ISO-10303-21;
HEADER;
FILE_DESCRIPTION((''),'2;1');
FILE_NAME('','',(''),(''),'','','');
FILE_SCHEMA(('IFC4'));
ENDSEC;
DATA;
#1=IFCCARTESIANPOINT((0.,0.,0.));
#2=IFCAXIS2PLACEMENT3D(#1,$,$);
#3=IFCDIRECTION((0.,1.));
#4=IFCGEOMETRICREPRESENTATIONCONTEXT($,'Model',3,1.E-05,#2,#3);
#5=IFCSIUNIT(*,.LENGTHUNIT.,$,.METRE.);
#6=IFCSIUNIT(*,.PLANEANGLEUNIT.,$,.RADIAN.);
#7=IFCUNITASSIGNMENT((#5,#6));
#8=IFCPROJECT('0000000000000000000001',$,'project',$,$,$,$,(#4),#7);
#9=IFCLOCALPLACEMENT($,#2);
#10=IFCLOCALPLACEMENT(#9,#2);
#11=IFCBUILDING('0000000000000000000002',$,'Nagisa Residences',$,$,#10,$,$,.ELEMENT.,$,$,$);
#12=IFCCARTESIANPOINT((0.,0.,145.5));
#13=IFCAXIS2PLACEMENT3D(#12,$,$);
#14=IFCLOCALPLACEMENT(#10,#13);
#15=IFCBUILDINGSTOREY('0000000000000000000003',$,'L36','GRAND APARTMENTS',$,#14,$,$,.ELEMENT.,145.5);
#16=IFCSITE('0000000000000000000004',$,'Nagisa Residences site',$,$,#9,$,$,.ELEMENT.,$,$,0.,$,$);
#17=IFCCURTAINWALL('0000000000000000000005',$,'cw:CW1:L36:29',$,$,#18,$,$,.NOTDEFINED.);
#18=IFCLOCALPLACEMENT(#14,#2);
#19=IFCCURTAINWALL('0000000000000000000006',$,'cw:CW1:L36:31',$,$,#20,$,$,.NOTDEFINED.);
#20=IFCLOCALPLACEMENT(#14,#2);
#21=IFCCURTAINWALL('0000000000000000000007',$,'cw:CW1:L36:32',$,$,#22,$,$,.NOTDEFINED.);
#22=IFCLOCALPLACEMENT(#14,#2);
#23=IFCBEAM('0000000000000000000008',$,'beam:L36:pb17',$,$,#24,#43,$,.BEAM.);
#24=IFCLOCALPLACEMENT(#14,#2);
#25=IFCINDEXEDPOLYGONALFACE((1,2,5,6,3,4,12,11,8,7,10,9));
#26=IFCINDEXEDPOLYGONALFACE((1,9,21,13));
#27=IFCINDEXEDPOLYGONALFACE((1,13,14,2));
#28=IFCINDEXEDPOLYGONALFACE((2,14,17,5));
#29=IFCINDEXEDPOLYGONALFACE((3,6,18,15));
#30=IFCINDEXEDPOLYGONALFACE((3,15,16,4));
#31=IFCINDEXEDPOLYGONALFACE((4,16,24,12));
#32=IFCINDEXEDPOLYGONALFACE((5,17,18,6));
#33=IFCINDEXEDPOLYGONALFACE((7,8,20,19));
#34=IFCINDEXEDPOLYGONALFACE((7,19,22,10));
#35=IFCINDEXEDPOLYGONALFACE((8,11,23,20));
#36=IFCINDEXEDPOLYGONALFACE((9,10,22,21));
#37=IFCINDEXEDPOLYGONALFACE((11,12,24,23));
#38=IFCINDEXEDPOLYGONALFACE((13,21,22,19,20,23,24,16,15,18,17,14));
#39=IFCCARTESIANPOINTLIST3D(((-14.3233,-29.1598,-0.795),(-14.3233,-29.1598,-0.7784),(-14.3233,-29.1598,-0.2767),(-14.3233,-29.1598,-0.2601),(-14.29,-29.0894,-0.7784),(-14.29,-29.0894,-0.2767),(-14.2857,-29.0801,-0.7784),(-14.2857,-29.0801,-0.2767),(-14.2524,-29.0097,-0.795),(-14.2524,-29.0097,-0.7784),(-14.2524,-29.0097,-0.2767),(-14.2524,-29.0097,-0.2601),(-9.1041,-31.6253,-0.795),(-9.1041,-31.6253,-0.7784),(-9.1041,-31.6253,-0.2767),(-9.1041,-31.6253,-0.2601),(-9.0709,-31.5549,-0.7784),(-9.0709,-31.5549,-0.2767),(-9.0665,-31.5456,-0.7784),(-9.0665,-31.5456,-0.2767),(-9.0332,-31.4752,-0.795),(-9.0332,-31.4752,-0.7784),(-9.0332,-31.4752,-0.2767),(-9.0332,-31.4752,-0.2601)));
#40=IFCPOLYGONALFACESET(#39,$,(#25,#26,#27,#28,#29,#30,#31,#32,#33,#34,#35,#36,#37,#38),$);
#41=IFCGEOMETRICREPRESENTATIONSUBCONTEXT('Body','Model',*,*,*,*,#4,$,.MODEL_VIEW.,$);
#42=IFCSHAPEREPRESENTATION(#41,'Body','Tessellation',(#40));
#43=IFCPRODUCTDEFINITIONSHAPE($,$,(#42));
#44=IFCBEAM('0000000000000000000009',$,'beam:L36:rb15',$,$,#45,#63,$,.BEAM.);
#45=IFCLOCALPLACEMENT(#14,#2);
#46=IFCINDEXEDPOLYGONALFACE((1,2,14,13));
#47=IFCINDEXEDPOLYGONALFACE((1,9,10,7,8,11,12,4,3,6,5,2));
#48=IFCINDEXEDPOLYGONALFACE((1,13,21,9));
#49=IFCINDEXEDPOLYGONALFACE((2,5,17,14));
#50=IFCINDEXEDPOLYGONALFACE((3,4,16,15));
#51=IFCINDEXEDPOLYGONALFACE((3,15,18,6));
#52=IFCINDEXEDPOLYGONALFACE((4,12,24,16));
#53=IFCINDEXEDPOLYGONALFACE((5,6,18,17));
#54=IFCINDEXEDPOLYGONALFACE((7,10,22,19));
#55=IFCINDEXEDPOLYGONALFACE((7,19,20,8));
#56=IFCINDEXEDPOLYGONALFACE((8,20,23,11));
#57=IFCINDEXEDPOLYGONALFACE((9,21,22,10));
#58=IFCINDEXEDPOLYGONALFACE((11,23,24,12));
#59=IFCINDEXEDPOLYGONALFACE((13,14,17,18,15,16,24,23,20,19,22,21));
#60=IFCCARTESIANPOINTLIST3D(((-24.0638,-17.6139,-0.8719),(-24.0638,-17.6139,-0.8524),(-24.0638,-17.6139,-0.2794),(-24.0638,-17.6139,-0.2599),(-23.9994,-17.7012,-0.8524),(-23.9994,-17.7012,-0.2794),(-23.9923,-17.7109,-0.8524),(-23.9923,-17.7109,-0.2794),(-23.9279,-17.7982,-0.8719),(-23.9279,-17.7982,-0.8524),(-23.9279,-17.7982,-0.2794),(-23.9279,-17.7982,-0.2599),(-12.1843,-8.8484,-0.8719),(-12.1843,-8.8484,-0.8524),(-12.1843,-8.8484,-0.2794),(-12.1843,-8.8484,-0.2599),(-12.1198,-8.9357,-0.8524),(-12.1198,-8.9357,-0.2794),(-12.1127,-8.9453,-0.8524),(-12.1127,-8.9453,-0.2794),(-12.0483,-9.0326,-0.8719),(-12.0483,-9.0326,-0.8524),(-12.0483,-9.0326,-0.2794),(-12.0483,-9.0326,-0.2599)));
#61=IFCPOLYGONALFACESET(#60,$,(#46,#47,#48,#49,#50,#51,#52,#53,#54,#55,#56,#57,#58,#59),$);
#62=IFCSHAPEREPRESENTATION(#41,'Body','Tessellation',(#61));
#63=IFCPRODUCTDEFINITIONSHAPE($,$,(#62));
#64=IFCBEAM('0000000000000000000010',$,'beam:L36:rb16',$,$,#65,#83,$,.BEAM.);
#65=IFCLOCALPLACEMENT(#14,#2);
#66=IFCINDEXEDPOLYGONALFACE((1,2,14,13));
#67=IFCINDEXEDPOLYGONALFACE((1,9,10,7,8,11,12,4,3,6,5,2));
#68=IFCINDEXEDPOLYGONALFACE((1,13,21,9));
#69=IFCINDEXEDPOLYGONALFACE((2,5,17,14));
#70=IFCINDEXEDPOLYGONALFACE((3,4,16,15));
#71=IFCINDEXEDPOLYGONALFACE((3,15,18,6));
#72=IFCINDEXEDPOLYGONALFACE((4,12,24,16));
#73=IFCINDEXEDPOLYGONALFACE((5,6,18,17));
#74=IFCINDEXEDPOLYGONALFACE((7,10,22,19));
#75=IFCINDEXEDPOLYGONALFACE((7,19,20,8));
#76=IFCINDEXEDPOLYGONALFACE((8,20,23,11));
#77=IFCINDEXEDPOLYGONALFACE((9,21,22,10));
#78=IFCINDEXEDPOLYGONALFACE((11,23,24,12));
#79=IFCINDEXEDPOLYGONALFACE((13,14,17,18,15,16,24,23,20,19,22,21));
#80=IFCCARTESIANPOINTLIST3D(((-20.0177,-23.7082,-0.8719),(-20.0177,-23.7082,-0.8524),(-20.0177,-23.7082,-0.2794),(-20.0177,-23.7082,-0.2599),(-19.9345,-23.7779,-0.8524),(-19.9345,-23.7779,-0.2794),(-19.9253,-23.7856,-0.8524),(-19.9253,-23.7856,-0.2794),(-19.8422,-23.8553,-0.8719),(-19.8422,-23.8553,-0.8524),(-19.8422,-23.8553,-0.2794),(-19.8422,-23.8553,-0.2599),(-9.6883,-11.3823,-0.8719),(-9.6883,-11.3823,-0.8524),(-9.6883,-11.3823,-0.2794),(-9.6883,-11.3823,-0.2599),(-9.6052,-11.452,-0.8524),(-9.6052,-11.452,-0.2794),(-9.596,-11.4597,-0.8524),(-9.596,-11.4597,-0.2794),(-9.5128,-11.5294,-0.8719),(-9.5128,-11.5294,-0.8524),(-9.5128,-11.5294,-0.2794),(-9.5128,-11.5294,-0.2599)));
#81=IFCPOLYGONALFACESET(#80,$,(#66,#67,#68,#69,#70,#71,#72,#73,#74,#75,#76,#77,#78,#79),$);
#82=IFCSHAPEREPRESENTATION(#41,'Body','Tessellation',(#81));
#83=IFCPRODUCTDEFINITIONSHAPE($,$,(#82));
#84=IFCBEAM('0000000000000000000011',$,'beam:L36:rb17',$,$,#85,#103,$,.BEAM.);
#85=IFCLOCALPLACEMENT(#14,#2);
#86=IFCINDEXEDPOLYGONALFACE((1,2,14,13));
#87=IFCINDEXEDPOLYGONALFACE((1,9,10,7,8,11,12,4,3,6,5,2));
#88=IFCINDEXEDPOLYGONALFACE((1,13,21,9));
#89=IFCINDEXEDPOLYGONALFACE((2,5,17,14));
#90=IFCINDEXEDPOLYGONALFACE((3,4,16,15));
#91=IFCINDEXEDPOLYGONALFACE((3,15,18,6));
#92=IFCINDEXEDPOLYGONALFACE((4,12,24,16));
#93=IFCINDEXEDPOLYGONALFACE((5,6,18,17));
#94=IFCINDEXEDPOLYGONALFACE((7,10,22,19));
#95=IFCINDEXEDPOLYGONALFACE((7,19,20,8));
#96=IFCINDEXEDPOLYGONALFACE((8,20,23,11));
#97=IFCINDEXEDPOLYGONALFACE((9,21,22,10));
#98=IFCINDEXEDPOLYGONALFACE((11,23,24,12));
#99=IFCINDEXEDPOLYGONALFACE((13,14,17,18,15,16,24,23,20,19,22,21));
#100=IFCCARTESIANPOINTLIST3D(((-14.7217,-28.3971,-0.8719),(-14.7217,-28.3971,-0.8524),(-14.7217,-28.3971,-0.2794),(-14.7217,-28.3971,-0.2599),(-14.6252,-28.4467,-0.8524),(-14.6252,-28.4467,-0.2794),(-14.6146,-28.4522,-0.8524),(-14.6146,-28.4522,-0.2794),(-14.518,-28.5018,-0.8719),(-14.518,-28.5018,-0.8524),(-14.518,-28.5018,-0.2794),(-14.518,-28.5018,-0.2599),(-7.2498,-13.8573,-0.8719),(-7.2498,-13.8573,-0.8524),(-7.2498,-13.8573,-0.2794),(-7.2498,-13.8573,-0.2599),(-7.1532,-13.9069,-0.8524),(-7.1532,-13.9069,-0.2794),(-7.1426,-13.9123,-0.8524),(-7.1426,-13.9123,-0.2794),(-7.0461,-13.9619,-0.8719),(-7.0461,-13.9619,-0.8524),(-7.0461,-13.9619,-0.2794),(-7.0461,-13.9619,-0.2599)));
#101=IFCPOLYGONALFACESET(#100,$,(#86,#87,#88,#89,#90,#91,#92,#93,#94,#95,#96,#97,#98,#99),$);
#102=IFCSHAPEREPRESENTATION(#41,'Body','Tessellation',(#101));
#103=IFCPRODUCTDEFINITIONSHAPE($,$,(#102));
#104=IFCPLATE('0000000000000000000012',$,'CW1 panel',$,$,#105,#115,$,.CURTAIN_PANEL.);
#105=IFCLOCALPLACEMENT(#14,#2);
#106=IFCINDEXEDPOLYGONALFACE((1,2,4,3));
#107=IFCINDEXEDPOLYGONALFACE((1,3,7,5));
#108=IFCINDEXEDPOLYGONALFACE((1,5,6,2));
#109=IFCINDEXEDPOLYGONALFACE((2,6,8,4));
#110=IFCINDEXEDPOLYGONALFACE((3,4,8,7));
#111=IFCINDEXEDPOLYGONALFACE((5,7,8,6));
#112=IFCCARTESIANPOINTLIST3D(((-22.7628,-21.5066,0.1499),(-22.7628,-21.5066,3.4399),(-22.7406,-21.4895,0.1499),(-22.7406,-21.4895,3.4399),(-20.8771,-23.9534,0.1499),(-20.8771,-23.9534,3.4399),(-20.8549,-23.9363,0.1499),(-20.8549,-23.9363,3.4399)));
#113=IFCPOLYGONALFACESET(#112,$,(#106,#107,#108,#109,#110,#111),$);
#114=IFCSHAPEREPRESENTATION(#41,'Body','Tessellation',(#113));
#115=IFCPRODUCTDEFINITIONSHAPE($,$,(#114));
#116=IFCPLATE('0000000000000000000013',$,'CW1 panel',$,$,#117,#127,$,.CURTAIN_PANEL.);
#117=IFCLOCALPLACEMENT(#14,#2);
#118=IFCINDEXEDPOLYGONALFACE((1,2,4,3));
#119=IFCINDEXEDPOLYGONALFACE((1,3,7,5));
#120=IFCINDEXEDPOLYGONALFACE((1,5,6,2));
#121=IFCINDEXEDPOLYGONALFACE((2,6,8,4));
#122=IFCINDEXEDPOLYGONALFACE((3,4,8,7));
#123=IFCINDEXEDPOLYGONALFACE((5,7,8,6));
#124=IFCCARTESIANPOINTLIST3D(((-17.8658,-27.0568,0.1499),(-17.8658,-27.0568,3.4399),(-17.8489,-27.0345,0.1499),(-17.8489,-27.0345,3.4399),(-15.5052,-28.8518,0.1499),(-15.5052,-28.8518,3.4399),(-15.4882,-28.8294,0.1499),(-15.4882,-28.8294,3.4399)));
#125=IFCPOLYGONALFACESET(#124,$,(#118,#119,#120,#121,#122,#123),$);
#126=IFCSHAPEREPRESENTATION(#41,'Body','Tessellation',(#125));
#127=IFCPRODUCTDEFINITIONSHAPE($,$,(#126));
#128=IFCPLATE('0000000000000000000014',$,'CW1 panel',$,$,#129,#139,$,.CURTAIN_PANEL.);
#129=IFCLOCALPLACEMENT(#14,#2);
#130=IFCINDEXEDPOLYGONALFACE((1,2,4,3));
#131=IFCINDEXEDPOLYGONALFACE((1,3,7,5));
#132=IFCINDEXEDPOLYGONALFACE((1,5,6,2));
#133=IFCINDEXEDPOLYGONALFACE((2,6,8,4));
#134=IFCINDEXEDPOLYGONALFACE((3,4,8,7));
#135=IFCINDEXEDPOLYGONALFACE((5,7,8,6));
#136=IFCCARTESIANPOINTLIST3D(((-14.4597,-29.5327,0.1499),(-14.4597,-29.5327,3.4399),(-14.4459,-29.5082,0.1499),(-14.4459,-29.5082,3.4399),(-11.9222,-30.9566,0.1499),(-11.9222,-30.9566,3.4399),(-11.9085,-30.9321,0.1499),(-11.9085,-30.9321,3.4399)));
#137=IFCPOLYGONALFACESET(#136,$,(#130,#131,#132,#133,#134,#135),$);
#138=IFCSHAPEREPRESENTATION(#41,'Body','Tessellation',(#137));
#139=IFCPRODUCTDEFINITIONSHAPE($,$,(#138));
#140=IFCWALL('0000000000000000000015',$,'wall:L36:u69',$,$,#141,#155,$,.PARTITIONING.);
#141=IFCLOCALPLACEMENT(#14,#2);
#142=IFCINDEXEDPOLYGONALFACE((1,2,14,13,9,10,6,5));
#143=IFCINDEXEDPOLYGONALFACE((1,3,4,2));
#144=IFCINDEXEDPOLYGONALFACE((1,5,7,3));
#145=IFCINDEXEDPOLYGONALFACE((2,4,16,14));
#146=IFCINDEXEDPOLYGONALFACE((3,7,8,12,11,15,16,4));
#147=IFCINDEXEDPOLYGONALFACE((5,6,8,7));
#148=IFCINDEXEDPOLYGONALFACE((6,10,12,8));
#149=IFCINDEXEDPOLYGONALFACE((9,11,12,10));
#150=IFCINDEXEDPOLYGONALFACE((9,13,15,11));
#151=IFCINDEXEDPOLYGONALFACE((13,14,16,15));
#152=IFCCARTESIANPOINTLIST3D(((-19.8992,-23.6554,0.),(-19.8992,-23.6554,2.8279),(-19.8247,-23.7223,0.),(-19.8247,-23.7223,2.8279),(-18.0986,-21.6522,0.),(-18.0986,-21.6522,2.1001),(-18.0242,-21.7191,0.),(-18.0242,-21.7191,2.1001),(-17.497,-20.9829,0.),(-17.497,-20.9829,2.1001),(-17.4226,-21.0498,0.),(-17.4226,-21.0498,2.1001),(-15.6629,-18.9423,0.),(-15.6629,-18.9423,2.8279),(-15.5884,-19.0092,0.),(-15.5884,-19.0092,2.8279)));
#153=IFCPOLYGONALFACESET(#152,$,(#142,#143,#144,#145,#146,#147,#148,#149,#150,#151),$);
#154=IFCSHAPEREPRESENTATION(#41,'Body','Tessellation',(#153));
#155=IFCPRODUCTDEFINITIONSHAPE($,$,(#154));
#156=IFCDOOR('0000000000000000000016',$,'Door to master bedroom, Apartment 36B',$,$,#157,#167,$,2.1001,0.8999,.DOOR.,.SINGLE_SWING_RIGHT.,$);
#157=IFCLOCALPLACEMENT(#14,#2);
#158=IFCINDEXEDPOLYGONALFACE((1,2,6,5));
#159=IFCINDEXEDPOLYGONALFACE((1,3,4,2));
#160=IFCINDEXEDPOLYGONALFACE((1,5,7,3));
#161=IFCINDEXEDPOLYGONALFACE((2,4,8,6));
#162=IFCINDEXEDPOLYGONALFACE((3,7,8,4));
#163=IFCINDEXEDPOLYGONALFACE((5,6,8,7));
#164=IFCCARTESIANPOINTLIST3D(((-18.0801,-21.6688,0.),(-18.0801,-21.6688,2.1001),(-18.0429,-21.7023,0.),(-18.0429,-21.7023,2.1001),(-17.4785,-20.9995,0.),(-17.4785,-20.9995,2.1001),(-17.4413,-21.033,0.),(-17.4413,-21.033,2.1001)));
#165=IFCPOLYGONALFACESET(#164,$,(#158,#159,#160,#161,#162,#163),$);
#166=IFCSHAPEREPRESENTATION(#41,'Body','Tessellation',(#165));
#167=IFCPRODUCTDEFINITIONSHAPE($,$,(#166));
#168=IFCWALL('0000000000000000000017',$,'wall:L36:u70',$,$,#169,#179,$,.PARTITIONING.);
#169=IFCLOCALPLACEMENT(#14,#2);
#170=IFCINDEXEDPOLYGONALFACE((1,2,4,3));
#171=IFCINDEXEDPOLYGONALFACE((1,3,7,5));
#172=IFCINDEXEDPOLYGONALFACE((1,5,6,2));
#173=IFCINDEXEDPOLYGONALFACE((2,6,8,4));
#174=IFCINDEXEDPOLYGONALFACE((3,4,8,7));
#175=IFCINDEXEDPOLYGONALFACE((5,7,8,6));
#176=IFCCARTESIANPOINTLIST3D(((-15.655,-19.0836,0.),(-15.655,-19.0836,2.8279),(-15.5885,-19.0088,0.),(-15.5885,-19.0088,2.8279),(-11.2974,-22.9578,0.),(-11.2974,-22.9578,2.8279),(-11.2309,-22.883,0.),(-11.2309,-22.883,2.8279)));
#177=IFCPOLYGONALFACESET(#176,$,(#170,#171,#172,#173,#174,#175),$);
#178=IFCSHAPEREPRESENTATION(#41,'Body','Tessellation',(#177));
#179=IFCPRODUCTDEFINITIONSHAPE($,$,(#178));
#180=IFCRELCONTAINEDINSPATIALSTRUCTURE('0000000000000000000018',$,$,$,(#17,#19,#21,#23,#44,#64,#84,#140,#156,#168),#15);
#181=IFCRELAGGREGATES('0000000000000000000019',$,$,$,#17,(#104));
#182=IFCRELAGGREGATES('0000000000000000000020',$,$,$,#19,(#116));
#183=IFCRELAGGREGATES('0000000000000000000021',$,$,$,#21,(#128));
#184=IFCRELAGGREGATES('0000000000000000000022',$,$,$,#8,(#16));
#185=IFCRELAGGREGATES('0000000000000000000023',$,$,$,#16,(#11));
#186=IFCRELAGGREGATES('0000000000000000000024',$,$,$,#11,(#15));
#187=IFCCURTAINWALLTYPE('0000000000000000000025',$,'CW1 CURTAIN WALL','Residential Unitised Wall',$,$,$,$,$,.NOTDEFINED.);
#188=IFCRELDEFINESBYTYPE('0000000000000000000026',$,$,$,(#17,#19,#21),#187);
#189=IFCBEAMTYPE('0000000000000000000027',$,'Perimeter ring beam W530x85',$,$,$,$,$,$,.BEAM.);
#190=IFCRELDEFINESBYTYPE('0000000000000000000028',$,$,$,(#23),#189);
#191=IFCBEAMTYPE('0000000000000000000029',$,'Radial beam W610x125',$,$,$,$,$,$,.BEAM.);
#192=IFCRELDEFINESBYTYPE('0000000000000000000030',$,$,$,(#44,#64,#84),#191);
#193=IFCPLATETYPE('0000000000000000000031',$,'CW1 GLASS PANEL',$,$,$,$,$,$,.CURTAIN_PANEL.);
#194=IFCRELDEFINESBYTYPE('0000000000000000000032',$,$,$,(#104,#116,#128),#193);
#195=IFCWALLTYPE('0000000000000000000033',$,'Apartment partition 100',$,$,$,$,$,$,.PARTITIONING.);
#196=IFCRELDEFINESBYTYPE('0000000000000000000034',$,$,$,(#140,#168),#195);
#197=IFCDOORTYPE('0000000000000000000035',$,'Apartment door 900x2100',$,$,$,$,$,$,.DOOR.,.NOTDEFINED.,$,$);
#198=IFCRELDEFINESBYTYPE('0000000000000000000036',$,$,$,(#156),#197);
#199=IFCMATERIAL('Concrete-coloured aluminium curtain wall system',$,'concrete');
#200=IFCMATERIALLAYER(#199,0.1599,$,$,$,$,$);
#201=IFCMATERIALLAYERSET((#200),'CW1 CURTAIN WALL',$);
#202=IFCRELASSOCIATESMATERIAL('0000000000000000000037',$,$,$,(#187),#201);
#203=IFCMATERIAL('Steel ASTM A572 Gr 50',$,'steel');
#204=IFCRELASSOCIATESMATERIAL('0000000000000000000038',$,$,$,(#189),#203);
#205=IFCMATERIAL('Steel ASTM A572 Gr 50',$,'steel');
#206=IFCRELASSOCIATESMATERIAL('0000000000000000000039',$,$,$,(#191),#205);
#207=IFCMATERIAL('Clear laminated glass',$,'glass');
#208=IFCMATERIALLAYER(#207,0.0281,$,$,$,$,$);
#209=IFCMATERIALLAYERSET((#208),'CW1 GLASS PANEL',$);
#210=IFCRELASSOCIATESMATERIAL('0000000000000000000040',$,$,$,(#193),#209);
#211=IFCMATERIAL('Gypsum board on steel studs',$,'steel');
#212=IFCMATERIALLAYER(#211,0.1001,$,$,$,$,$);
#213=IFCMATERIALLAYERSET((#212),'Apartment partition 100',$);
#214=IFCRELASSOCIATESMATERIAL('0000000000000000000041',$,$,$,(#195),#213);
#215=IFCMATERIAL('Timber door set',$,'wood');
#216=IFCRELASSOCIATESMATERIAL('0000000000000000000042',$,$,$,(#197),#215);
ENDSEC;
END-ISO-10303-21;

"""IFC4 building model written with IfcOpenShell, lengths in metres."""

from ifc_helpers import new_model, si_unit, direction, frame, frame_2d, origin, origin_2d, place, context, subcontext, project, spatial, rectangle, i_section, extrude, material, layer, layer_set, material_profile, profile_set, type_object, element, fill, aggregate, save


model = new_model("IFC4")

# Units and contexts
model_context = context("Model", 3, precision=1e-05, world=origin(), true_north=direction((0.0, 1.0)))
body_context = subcontext(model_context, "Body", "Model", "MODEL_VIEW")
ifc_project = project(units=[si_unit("LENGTHUNIT", "METRE"), si_unit("PLANEANGLEUNIT", "RADIAN")], contexts=[model_context])

# Site, building, storey
site_placement = place(None, origin())
site = spatial("IfcSite", under=ifc_project, at=site_placement, Name="Nagisa Residences site", CompositionType="ELEMENT", RefElevation=0.0)
building_placement = place(site_placement, origin())
building = spatial("IfcBuilding", under=site, at=building_placement, Name="Nagisa Residences", CompositionType="ELEMENT")
storey_placement = place(building_placement, frame((0.0, 0.0, 145.5)))
storey = spatial("IfcBuildingStorey", under=building, at=storey_placement, Name="L36", Description="GRAND APARTMENTS", CompositionType="ELEMENT", Elevation=145.5)

# Curtain walls
ifc_material_1 = material(Name="Concrete-coloured aluminium curtain wall system", Category="concrete")
ifc_layer_1 = layer(ifc_material_1, 0.1599)
ifc_layer_set_1 = layer_set([ifc_layer_1], Name="CW1 CURTAIN WALL")
curtain_wall_type = type_object("IfcCurtainWallType", Name="CW1 CURTAIN WALL", Description="Residential Unitised Wall", PredefinedType="NOTDEFINED", material=ifc_layer_set_1)
curtain_wall_1_placement = place(storey_placement, origin())
curtain_wall_1 = element("IfcCurtainWall", 1, at=curtain_wall_1_placement, inside=storey, type_object=curtain_wall_type, Name="cw:CW1:L36:29", PredefinedType="NOTDEFINED")
curtain_wall_2_placement = place(storey_placement, origin())
curtain_wall_2 = element("IfcCurtainWall", 2, at=curtain_wall_2_placement, inside=storey, type_object=curtain_wall_type, Name="cw:CW1:L36:31", PredefinedType="NOTDEFINED")
curtain_wall_3_placement = place(storey_placement, origin())
curtain_wall_3 = element("IfcCurtainWall", 3, at=curtain_wall_3_placement, inside=storey, type_object=curtain_wall_type, Name="cw:CW1:L36:32", PredefinedType="NOTDEFINED")

# Beams
ifc_material_2 = material(Name="Steel ASTM A572 Gr 50", Category="steel")
ifc_material_profile_1 = material_profile(ifc_material_2, i_section(OverallWidth=0.166, OverallDepth=0.5349, WebThickness=0.0103, FlangeThickness=0.0166, at=origin_2d()), Name="W530x85")
ifc_profile_set_1 = profile_set([ifc_material_profile_1], Name="Steel ASTM A572 Gr 50")
beam_type_1 = type_object("IfcBeamType", Name="Perimeter ring beam W530x85", PredefinedType="BEAM", material=ifc_profile_set_1)
beam_1_placement = place(storey_placement, frame((-14.2878, -29.0847, -0.5276), z_axis=(0.904186, -0.427139, 0.0), x_axis=(0.427139, 0.904186, 0.0)))
element("IfcBeam", 4, at=beam_1_placement, inside=storey, type_object=beam_type_1, Name="beam:L36:pb17", PredefinedType="BEAM", context=body_context, shape_type="SweptSolid", body=[
    extrude(i_section(OverallWidth=0.166, OverallDepth=0.5349, WebThickness=0.0103, FlangeThickness=0.0166, at=origin_2d()), origin(), (0.0, 0.0, 1.0), 5.7722),
])
ifc_material_3 = material(Name="Steel ASTM A572 Gr 50", Category="steel")
ifc_material_profile_2 = material_profile(ifc_material_3, i_section(OverallWidth=0.229, OverallDepth=0.6121, WebThickness=0.012, FlangeThickness=0.0195, at=origin_2d()), Name="W610x125")
ifc_profile_set_2 = profile_set([ifc_material_profile_2], Name="Steel ASTM A572 Gr 50")
beam_type_2 = type_object("IfcBeamType", Name="Radial beam W610x125", PredefinedType="BEAM", material=ifc_profile_set_2)
beam_2_placement = place(storey_placement, frame((-23.9958, -17.7061, -0.5659), z_axis=(0.804661, 0.593735, 0.0), x_axis=(-0.593735, 0.804661, 0.0)))
element("IfcBeam", 5, at=beam_2_placement, inside=storey, type_object=beam_type_2, Name="beam:L36:rb15", PredefinedType="BEAM", context=body_context, shape_type="SweptSolid", body=[
    extrude(i_section(OverallWidth=0.229, OverallDepth=0.6121, WebThickness=0.012, FlangeThickness=0.0195, at=origin_2d()), origin(), (0.0, 0.0, 1.0), 14.7634),
])
beam_3_placement = place(storey_placement, frame((-19.9299, -23.7817, -0.5659), z_axis=(0.642301, 0.766453, 0.0), x_axis=(-0.766453, 0.642301, 0.0)))
element("IfcBeam", 6, at=beam_3_placement, inside=storey, type_object=beam_type_2, Name="beam:L36:rb16", PredefinedType="BEAM", context=body_context, shape_type="SweptSolid", body=[
    extrude(i_section(OverallWidth=0.229, OverallDepth=0.6121, WebThickness=0.012, FlangeThickness=0.0195, at=origin_2d()), origin(), (0.0, 0.0, 1.0), 16.0818),
])
beam_4_placement = place(storey_placement, frame((-14.6199, -28.4495, -0.5659), z_axis=(0.457073, 0.889429, 0.0), x_axis=(-0.889429, 0.457073, 0.0)))
element("IfcBeam", 7, at=beam_4_placement, inside=storey, type_object=beam_type_2, Name="beam:L36:rb17", PredefinedType="BEAM", context=body_context, shape_type="SweptSolid", body=[
    extrude(i_section(OverallWidth=0.229, OverallDepth=0.6121, WebThickness=0.012, FlangeThickness=0.0195, at=origin_2d()), origin(), (0.0, 0.0, 1.0), 16.3474),
])

# Plates
ifc_material_4 = material(Name="Clear laminated glass", Category="glass")
ifc_layer_2 = layer(ifc_material_4, 0.0281)
ifc_layer_set_2 = layer_set([ifc_layer_2], Name="CW1 GLASS PANEL")
plate_type = type_object("IfcPlateType", Name="CW1 GLASS PANEL", PredefinedType="CURTAIN_PANEL", material=ifc_layer_set_2)
plate_1_placement = place(storey_placement, frame((-21.8088, -22.7214, 0.1499), z_axis=(0.0, 0.0, 1.0), x_axis=(0.61043, -0.79207, 0.0)))
plate_1 = element("IfcPlate", 8, at=plate_1_placement, type_object=plate_type, Name="CW1 panel", PredefinedType="CURTAIN_PANEL", context=body_context, shape_type="SweptSolid", body=[
    extrude(rectangle(XDim=3.0891, YDim=0.0281, at=origin_2d()), origin(), (0.0, 0.0, 1.0), 3.29),
])
aggregate(curtain_wall_1, [plate_1])
plate_2_placement = place(storey_placement, frame((-16.677, -27.9431, 0.1499), z_axis=(0.0, 0.0, 1.0), x_axis=(0.796031, -0.605255, 0.0)))
plate_2 = element("IfcPlate", 9, at=plate_2_placement, type_object=plate_type, Name="CW1 panel", PredefinedType="CURTAIN_PANEL", context=body_context, shape_type="SweptSolid", body=[
    extrude(rectangle(XDim=2.9656, YDim=0.0281, at=origin_2d()), origin(), (0.0, 0.0, 1.0), 3.29),
])
aggregate(curtain_wall_2, [plate_2])
plate_3_placement = place(storey_placement, frame((-13.1841, -30.2324, 0.1499), z_axis=(0.0, 0.0, 1.0), x_axis=(0.872072, -0.489377, 0.0)))
plate_3 = element("IfcPlate", 10, at=plate_3_placement, type_object=plate_type, Name="CW1 panel", PredefinedType="CURTAIN_PANEL", context=body_context, shape_type="SweptSolid", body=[
    extrude(rectangle(XDim=2.9097, YDim=0.0281, at=origin_2d()), origin(), (0.0, 0.0, 1.0), 3.29),
])
aggregate(curtain_wall_3, [plate_3])

# Wall, opening, door
ifc_material_5 = material(Name="Gypsum board on steel studs", Category="steel")
ifc_layer_3 = layer(ifc_material_5, 0.1001)
ifc_layer_set_3 = layer_set([ifc_layer_3], Name="Apartment partition 100")
wall_type_1 = type_object("IfcWallType", Name="Apartment partition 100", PredefinedType="PARTITIONING", material=ifc_layer_set_3)
wall_1_placement = place(storey_placement, frame((-15.6257, -18.9758, 0.0), z_axis=(0.0, 0.0, 1.0), x_axis=(-0.668486, -0.743725, 0.0)))
wall_1 = element("IfcWall", 11, at=wall_1_placement, inside=storey, type_object=wall_type_1, Name="wall:L36:u69", PredefinedType="PARTITIONING", context=body_context, shape_type="SweptSolid", body=[
    extrude(rectangle(XDim=6.3372, YDim=0.1001, at=frame_2d((3.1685, 0.0))), origin(), (0.0, 0.0, 1.0), 2.8279),
])
opening_1_placement = place(wall_1_placement, frame((2.7437, 0.0, 0.0)))
opening_1 = element("IfcOpeningElement", 12, at=opening_1_placement, cuts=wall_1, PredefinedType="OPENING", context=body_context, shape_type="SweptSolid", body=[
    extrude(rectangle(XDim=0.8999, YDim=2.1001, at=frame_2d((0.45, 1.05))), frame((0.0, 0.0601, 0.0), z_axis=(0.0, -1.0, 0.0), x_axis=(1.0, 0.0, 0.0)), (0.0, 0.0, 1.0), 0.1201),
])
ifc_material_6 = material(Name="Timber door set", Category="wood")
door_type_1 = type_object("IfcDoorType", Name="Apartment door 900x2100", OperationType="NOTDEFINED", PredefinedType="DOOR", material=ifc_material_6)
door_1_placement = place(opening_1_placement, origin())
door_1 = element("IfcDoor", 13, at=door_1_placement, inside=storey, type_object=door_type_1, Name="Door to master bedroom, Apartment 36B", OperationType="SINGLE_SWING_RIGHT", OverallHeight=2.1001, OverallWidth=0.8999, PredefinedType="DOOR", context=body_context, shape_type="SweptSolid", body=[
    extrude(rectangle(XDim=0.8999, YDim=2.1001, at=frame_2d((0.45, 1.05))), frame((0.0, 0.0249, 0.0), z_axis=(0.0, -1.0, 0.0), x_axis=(1.0, 0.0, 0.0)), (0.0, 0.0, 1.0), 0.05),
])
fill(opening_1, door_1)

# Wall
wall_2_placement = place(storey_placement, frame((-15.6218, -19.0461, 0.0), z_axis=(0.0, 0.0, 1.0), x_axis=(0.747342, -0.664439, 0.0)))
element("IfcWall", 14, at=wall_2_placement, inside=storey, type_object=wall_type_1, Name="wall:L36:u70", PredefinedType="PARTITIONING", context=body_context, shape_type="SweptSolid", body=[
    extrude(rectangle(XDim=5.8308, YDim=0.1001, at=frame_2d((2.9155, 0.0))), origin(), (0.0, 0.0, 1.0), 2.8279),
])

save(model, "model.ifc")
